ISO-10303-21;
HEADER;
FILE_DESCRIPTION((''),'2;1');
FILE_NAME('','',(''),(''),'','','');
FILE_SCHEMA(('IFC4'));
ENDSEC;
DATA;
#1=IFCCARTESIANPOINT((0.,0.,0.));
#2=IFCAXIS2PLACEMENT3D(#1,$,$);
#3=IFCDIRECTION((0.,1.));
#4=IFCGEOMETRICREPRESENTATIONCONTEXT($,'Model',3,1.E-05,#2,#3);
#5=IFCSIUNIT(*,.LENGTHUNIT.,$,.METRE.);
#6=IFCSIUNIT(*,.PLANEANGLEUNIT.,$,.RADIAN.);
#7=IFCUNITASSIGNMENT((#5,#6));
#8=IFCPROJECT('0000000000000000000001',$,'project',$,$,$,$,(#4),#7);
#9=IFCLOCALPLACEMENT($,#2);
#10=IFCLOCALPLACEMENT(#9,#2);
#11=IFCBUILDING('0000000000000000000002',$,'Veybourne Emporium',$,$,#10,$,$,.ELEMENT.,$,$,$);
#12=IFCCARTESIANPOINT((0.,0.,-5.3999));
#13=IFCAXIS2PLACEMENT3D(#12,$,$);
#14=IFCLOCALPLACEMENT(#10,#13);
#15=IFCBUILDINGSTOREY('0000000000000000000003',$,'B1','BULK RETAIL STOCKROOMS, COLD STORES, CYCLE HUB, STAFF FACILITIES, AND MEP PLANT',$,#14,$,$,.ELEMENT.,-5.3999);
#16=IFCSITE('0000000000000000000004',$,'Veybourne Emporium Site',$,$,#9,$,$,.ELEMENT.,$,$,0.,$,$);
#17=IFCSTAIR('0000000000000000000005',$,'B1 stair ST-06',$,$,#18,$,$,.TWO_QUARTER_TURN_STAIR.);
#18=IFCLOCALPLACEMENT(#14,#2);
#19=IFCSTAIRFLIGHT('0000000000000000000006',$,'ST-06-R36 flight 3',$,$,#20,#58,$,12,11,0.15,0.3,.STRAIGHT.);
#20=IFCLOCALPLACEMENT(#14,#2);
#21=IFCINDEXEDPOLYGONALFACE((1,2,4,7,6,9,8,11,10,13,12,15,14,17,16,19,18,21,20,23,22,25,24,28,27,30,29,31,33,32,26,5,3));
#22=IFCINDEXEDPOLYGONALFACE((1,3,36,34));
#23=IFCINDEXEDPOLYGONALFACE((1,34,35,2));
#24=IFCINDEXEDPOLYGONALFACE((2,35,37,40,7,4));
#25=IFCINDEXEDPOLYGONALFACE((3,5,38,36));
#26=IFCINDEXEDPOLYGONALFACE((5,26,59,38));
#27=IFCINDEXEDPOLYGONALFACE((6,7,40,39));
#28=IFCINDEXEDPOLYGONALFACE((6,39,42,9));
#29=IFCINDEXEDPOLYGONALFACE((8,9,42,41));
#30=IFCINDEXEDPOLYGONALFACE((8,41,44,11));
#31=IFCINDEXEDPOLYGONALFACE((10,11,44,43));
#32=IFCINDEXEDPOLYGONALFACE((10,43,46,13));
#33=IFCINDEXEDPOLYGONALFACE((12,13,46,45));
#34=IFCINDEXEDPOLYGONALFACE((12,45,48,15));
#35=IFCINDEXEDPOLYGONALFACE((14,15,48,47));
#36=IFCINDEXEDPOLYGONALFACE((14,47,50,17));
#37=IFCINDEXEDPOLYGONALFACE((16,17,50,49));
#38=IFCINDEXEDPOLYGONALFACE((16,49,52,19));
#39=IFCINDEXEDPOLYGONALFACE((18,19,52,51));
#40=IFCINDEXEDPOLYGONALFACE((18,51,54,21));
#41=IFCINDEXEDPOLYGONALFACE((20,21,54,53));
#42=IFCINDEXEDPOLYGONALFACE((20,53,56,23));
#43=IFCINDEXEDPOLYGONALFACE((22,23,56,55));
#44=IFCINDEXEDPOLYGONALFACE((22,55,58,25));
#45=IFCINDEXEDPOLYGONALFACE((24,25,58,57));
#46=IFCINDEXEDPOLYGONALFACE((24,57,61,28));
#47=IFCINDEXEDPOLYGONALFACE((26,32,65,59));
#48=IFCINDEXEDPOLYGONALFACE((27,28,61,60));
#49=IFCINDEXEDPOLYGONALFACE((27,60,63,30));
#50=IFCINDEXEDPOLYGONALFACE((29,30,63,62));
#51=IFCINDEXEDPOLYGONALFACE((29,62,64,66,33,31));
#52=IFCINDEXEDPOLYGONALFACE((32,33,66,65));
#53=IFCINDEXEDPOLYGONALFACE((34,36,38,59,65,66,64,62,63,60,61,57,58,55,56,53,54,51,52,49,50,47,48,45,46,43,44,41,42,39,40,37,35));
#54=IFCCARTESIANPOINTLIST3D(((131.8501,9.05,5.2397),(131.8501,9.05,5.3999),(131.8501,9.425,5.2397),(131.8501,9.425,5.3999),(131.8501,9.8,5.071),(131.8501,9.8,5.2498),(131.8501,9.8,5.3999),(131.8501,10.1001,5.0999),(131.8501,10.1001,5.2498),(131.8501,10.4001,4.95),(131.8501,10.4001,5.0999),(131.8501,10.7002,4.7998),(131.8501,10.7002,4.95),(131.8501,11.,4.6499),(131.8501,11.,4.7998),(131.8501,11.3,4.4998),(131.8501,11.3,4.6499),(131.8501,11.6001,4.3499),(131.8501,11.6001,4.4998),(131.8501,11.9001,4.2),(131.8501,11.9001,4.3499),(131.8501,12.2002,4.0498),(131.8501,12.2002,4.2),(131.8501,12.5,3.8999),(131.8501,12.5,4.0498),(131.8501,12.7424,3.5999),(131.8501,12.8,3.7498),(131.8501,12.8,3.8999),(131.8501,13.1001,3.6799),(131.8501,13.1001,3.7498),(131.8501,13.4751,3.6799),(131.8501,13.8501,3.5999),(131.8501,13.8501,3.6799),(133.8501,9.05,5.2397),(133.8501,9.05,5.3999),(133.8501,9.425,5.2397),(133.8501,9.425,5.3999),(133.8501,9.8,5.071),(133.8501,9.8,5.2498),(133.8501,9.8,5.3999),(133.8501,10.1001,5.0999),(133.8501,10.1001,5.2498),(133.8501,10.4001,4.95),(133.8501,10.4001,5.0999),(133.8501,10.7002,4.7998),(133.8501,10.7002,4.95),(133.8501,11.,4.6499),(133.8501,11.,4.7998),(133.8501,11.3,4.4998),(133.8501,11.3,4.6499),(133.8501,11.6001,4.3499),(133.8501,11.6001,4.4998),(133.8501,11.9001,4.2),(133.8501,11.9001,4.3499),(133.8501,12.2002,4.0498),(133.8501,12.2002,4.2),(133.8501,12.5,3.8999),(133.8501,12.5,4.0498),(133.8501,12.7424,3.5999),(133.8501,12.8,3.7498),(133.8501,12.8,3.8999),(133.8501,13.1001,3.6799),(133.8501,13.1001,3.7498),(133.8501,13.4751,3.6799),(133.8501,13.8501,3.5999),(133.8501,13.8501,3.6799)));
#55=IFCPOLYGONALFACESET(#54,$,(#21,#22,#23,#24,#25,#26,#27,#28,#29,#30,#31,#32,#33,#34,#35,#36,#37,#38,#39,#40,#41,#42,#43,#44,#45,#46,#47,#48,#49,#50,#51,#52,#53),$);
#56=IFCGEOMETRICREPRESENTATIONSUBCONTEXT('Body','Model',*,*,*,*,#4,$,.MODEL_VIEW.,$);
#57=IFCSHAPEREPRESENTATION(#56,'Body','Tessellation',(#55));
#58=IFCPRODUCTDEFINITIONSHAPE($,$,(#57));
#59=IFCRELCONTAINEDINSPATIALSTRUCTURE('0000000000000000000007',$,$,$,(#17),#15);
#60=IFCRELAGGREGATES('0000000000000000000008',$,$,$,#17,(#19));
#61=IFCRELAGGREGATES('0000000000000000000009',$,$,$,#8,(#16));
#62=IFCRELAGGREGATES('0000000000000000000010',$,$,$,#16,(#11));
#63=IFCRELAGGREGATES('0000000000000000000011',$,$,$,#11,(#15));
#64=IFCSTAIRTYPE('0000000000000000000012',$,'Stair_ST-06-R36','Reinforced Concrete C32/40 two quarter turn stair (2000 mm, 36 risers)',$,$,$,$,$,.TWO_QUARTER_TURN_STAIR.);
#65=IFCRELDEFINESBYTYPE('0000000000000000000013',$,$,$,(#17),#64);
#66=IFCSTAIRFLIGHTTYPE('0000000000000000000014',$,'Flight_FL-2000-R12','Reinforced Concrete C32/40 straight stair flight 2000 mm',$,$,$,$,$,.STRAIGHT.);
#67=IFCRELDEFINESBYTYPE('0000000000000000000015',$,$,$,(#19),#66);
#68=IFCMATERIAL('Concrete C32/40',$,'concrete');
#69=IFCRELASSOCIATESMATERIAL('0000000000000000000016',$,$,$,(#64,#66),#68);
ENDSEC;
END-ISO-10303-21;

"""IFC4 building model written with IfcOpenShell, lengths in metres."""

from ifc_helpers import new_model, si_unit, direction, frame, origin, place, context, subcontext, project, spatial, polyline, outline, extrude, material, type_object, element, aggregate, save


model = new_model("IFC4")

# Units and contexts
model_context = context("Model", 3, precision=1e-05, world=origin(), true_north=direction((0.0, 1.0)))
body_context = subcontext(model_context, "Body", "Model", "MODEL_VIEW")
ifc_project = project(units=[si_unit("LENGTHUNIT", "METRE"), si_unit("PLANEANGLEUNIT", "RADIAN")], contexts=[model_context])

# Site, building, storey
site_placement = place(None, origin())
site = spatial("IfcSite", under=ifc_project, at=site_placement, Name="Veybourne Emporium Site", CompositionType="ELEMENT", RefElevation=0.0)
building_placement = place(site_placement, origin())
building = spatial("IfcBuilding", under=site, at=building_placement, Name="Veybourne Emporium", CompositionType="ELEMENT")
storey_placement = place(building_placement, frame((0.0, 0.0, -5.3999)))
storey = spatial("IfcBuildingStorey", under=building, at=storey_placement, Name="B1", Description="BULK RETAIL STOCKROOMS, COLD STORES, CYCLE HUB, STAFF FACILITIES, AND MEP PLANT", CompositionType="ELEMENT", Elevation=-5.3999)

# Shared definitions
ifc_material_1 = material(Name="Concrete C32/40", Category="concrete")

# Stair, stair flight
stair_type = type_object("IfcStairType", Name="Stair_ST-06-R36", Description="Reinforced Concrete C32/40 two quarter turn stair (2000 mm, 36 risers)", PredefinedType="TWO_QUARTER_TURN_STAIR", material=ifc_material_1)
stair_placement = place(storey_placement, origin())
stair = element("IfcStair", 1, at=stair_placement, inside=storey, type_object=stair_type, Name="B1 stair ST-06", PredefinedType="TWO_QUARTER_TURN_STAIR")
stair_flight_type = type_object("IfcStairFlightType", Name="Flight_FL-2000-R12", Description="Reinforced Concrete C32/40 straight stair flight 2000 mm", PredefinedType="STRAIGHT", material=ifc_material_1)
stair_flight_1_placement = place(storey_placement, frame((132.8501, 13.1001, 3.5999), z_axis=(0.0, 0.0, 1.0), x_axis=(0.0, -1.0, 0.0)))
stair_flight_1 = element("IfcStairFlight", 2, at=stair_flight_1_placement, type_object=stair_flight_type, Name="ST-06-R36 flight 3", NumberOfRisers=12, NumberOfTreads=11, PredefinedType="STRAIGHT", RiserHeight=0.15, TreadLength=0.3, context=body_context, shape_type="SweptSolid", body=[
    extrude(outline(polyline([(-0.75, 0.0), (-0.75, 0.0801), (-0.375, 0.0801), (0.0, 0.0801), (0.0, 0.1499), (0.3, 0.1499), (0.3, 0.3), (0.6001, 0.3), (0.6001, 0.45), (0.8999, 0.45), (0.8999, 0.6001), (1.2, 0.6001), (1.2, 0.75), (1.5, 0.75), (1.5, 0.8999), (1.8, 0.8999), (1.8, 1.05), (2.1001, 1.05), (2.1001, 1.2), (2.3999, 1.2), (2.3999, 1.3501), (2.7, 1.3501), (2.7, 1.5), (3.0, 1.5), (3.0, 1.6499), (3.3, 1.6499), (3.3, 1.8), (3.675, 1.8), (4.05, 1.8), (4.05, 1.6399), (3.675, 1.6399), (3.3, 1.4712), (0.3577, 0.0), (-0.75, 0.0)])), frame((0.0, 1.0, 0.0), z_axis=(0.0, -1.0, 0.0), x_axis=(1.0, 0.0, 0.0)), (0.0, 0.0, 1.0), 2.0),
])
aggregate(stair, [stair_flight_1])

save(model, "model.ifc")
